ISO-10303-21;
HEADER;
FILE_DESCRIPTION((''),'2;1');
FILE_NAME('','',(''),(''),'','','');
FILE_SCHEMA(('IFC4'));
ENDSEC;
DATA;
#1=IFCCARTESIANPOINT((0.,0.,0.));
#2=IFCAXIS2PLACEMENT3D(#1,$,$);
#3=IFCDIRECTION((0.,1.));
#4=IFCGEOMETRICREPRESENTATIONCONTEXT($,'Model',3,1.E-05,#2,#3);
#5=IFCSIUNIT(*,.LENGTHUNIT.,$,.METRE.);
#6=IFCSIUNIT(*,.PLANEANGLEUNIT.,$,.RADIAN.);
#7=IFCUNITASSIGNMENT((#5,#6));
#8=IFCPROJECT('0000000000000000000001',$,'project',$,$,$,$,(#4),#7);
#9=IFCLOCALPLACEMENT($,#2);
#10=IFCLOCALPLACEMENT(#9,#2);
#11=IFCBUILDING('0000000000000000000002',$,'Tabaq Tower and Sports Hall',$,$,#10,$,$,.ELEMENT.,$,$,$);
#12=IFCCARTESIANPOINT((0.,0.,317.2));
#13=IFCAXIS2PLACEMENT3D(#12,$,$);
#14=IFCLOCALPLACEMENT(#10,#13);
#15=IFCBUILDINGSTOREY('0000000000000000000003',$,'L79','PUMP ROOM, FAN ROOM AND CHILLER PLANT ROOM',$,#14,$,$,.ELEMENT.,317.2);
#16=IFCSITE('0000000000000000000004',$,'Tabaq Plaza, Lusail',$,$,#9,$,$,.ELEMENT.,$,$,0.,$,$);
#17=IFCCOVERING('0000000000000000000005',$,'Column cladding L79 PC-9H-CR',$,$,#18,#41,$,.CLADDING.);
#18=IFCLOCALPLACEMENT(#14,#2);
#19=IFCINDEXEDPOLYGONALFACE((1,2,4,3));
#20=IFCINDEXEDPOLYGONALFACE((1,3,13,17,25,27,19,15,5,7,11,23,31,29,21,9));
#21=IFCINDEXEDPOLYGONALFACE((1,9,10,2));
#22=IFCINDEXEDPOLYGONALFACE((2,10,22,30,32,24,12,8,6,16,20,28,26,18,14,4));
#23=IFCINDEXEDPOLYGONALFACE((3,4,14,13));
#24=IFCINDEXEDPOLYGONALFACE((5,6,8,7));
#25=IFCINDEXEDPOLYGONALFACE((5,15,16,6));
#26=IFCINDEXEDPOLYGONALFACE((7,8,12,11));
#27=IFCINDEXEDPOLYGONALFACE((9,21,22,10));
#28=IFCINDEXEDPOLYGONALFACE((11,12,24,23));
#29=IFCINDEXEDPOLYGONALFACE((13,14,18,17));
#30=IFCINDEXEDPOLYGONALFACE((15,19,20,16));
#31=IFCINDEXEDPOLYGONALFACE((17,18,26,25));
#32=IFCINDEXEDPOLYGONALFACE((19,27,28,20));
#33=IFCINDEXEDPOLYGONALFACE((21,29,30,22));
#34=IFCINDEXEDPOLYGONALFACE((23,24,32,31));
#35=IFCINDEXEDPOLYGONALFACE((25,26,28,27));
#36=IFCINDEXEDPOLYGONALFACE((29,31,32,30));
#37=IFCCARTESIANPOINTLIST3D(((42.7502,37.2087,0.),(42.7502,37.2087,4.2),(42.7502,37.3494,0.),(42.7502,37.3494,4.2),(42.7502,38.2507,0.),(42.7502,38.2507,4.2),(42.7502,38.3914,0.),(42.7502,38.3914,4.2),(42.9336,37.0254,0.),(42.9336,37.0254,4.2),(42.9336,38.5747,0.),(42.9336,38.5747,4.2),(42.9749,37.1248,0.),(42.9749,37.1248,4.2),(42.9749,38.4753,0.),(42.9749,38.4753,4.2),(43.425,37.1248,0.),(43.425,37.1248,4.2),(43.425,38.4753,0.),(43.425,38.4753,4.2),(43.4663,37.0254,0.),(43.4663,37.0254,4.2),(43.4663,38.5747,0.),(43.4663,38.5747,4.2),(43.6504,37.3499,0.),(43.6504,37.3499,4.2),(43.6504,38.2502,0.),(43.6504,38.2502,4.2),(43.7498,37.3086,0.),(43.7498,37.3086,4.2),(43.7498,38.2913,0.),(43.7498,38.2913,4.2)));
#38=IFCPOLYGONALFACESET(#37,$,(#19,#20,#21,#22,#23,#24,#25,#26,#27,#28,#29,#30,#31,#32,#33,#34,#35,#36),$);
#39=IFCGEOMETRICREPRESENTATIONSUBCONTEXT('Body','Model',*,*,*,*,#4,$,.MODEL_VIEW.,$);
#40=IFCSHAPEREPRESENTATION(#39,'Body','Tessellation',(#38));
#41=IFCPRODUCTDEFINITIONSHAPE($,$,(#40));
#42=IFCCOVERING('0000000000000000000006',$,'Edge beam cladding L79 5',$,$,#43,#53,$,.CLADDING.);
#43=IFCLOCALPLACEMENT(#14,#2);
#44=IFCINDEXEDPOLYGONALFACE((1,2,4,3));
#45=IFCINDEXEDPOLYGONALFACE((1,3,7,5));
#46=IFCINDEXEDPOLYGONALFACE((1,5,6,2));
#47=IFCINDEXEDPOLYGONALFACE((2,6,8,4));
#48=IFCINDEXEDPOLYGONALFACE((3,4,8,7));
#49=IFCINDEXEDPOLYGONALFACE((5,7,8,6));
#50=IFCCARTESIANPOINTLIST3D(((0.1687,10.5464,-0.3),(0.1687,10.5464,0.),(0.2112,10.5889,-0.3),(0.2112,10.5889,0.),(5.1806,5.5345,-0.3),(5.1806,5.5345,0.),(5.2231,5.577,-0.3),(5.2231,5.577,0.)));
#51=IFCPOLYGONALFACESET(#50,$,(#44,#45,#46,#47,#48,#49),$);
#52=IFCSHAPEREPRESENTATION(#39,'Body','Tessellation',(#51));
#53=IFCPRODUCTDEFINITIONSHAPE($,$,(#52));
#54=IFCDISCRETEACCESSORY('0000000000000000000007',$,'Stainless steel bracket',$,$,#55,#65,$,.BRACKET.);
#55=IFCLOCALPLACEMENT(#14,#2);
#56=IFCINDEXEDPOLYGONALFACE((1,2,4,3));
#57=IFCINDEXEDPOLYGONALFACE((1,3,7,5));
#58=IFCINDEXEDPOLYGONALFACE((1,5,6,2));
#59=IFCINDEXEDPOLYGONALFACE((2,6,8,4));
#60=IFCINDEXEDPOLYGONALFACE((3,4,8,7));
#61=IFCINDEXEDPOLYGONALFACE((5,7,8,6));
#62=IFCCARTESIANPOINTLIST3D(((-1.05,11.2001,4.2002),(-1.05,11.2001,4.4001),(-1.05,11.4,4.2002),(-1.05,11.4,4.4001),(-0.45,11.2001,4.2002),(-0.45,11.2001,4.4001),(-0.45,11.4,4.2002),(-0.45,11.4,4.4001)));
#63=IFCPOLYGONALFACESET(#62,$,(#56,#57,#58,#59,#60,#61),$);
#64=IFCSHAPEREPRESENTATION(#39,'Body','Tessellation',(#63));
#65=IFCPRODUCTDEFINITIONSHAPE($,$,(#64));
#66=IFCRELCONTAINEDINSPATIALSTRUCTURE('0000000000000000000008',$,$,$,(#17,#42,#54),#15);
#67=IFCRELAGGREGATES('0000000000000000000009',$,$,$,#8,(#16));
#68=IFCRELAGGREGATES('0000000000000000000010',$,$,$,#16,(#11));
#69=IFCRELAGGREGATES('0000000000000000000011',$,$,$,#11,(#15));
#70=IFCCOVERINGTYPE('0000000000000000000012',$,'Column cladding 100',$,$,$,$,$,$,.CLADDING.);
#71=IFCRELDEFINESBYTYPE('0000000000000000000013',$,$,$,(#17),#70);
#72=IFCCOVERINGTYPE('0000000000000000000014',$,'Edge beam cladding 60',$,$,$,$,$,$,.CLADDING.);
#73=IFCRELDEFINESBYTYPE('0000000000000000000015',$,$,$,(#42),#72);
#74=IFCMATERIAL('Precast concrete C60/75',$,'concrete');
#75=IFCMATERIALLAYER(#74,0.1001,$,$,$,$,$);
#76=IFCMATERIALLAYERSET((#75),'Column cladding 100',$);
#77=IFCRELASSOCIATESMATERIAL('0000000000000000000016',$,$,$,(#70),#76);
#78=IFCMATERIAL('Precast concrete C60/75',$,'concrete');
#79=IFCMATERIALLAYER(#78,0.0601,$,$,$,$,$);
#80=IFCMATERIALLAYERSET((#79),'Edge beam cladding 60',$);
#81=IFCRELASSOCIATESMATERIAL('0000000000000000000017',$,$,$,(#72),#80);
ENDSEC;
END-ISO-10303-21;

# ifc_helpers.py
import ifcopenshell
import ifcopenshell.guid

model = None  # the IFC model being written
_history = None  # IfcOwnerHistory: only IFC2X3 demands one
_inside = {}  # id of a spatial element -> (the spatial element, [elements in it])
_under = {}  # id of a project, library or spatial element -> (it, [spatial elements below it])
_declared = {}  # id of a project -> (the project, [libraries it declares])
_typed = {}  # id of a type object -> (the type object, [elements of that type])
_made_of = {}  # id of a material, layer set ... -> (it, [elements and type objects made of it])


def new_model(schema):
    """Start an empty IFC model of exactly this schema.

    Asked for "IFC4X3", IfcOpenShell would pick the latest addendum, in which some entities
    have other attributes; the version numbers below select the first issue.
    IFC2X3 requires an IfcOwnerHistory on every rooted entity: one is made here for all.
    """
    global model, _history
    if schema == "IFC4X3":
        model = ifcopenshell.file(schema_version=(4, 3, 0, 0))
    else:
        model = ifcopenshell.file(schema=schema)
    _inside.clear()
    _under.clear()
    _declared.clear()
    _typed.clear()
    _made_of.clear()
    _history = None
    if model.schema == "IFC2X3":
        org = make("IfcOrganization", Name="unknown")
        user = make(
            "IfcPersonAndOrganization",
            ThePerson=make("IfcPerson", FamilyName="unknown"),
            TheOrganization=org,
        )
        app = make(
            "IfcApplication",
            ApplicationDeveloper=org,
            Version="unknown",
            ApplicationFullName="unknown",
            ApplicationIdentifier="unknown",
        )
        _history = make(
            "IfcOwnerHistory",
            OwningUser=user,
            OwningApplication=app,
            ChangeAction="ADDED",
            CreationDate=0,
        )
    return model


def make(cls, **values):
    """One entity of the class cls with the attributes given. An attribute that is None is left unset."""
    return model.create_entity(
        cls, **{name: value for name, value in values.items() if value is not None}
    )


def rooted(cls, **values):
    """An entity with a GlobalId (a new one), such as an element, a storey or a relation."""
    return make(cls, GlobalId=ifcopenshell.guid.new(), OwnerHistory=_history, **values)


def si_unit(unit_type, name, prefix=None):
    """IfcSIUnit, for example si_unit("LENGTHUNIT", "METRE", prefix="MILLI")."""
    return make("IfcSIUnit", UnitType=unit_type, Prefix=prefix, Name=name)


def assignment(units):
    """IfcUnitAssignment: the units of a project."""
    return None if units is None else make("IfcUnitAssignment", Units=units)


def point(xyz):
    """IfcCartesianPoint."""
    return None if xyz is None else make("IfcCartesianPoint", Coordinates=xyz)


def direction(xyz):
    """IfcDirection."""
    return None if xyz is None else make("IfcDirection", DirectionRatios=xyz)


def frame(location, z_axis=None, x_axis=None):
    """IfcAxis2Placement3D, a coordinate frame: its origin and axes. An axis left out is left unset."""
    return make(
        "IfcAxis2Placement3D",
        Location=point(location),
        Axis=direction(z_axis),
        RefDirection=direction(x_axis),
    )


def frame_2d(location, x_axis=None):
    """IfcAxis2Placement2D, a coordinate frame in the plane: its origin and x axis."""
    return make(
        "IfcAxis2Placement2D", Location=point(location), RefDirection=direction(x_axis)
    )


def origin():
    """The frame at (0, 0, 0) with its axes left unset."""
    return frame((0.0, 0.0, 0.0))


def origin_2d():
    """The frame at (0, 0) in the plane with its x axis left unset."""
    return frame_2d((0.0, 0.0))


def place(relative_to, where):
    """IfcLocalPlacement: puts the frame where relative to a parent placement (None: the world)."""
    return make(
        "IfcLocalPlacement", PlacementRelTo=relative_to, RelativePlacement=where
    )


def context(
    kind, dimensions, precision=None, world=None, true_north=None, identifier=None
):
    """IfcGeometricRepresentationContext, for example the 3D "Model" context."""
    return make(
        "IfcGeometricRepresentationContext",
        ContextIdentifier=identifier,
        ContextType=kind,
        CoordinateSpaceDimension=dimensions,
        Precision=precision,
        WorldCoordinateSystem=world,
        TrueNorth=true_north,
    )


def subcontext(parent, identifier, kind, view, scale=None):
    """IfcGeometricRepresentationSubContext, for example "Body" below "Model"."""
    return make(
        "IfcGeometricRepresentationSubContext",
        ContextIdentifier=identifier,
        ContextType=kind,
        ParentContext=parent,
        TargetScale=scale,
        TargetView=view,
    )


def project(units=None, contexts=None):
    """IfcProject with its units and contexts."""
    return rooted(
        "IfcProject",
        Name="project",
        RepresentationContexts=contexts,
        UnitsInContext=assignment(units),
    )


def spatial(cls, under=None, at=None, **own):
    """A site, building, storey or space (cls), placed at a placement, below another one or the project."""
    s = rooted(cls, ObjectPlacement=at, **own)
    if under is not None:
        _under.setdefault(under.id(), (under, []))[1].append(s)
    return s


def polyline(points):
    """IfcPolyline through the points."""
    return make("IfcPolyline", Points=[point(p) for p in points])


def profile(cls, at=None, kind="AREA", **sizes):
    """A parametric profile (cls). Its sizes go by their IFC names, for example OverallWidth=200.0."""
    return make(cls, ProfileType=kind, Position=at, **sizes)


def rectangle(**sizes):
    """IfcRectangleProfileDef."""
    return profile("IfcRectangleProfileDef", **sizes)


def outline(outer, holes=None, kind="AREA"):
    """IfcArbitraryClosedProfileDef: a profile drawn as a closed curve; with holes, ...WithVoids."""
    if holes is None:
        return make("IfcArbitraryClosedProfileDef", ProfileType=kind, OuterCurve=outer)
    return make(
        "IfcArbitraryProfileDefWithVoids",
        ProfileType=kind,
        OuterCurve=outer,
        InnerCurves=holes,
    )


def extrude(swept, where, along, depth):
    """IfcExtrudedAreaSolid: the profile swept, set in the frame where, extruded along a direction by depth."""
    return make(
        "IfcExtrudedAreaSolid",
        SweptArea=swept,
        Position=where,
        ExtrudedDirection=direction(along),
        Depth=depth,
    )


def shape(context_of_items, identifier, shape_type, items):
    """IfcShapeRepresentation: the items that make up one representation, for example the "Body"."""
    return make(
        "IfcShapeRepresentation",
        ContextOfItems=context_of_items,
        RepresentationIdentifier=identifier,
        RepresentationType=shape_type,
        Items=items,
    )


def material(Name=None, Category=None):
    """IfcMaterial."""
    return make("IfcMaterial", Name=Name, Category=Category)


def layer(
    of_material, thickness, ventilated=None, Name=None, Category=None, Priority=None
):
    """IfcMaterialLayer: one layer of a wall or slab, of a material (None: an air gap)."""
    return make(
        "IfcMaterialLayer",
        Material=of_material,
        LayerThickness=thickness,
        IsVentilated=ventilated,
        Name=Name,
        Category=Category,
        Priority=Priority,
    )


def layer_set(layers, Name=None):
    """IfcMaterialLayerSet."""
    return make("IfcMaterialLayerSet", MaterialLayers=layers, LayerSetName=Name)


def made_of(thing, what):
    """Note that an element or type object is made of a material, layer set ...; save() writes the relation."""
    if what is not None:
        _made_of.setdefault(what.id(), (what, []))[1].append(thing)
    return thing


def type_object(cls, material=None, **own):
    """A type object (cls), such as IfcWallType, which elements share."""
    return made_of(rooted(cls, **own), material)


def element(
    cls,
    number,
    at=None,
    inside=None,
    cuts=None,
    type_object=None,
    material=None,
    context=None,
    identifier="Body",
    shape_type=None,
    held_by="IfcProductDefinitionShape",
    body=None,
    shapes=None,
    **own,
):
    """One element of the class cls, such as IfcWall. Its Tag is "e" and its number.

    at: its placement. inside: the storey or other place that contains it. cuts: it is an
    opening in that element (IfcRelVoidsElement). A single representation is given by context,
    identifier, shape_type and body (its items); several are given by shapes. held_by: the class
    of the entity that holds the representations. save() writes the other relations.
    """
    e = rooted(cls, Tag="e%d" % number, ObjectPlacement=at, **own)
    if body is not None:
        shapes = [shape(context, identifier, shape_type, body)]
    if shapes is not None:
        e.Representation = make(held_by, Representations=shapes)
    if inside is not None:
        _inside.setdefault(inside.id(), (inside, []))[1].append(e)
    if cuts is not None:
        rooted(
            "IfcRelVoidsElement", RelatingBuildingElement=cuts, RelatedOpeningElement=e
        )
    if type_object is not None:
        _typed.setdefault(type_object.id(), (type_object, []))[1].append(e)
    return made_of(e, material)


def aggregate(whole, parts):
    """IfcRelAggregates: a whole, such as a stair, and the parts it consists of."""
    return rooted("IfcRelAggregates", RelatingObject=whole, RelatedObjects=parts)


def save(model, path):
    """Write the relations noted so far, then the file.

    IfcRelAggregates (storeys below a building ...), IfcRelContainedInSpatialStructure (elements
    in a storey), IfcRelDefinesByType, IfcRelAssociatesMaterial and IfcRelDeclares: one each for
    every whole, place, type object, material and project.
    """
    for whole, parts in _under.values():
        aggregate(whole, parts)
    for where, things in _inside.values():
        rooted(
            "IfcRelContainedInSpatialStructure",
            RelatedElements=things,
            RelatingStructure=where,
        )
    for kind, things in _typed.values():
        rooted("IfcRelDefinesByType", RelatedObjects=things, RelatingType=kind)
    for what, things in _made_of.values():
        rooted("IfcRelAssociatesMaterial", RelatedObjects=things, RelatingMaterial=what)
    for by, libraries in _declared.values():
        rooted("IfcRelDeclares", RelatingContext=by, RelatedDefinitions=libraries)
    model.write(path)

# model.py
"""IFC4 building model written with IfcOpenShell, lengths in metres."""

from ifc_helpers import new_model, si_unit, direction, frame, frame_2d, origin, origin_2d, place, context, subcontext, project, spatial, polyline, rectangle, outline, extrude, material, layer, layer_set, type_object, element, save


model = new_model("IFC4")

# Units and contexts
model_context = context("Model", 3, precision=1e-05, world=origin(), true_north=direction((0.0, 1.0)))
body_context = subcontext(model_context, "Body", "Model", "MODEL_VIEW")
ifc_project = project(units=[si_unit("LENGTHUNIT", "METRE"), si_unit("PLANEANGLEUNIT", "RADIAN")], contexts=[model_context])

# Site, building, storey
site_placement = place(None, origin())
site = spatial("IfcSite", under=ifc_project, at=site_placement, Name="Tabaq Plaza, Lusail", CompositionType="ELEMENT", RefElevation=0.0)
building_placement = place(site_placement, origin())
building = spatial("IfcBuilding", under=site, at=building_placement, Name="Tabaq Tower and Sports Hall", CompositionType="ELEMENT")
storey_placement = place(building_placement, frame((0.0, 0.0, 317.2)))
storey = spatial("IfcBuildingStorey", under=building, at=storey_placement, Name="L79", Description="PUMP ROOM, FAN ROOM AND CHILLER PLANT ROOM", CompositionType="ELEMENT", Elevation=317.2)

# Coverings
ifc_material_1 = material(Name="Precast concrete C60/75", Category="concrete")
ifc_layer_1 = layer(ifc_material_1, 0.1001)
ifc_layer_set_1 = layer_set([ifc_layer_1], Name="Column cladding 100")
covering_type_1 = type_object("IfcCoveringType", Name="Column cladding 100", PredefinedType="CLADDING", material=ifc_layer_set_1)
covering_1_placement = place(storey_placement, origin())
element("IfcCovering", 1, at=covering_1_placement, inside=storey, type_object=covering_type_1, Name="Column cladding L79 PC-9H-CR", PredefinedType="CLADDING", context=body_context, shape_type="SweptSolid", body=[
    extrude(outline(polyline([(42.9336, 37.0254), (42.7502, 37.2087), (42.7502, 37.3494), (42.9749, 37.1248), (43.425, 37.1248), (43.6504, 37.3499), (43.6504, 38.2502), (43.425, 38.4753), (42.9749, 38.4753), (42.7502, 38.2507), (42.7502, 38.3914), (42.9336, 38.5747), (43.4663, 38.5747), (43.7498, 38.2913), (43.7498, 37.3086), (43.4663, 37.0254), (42.9336, 37.0254)])), origin(), (0.0, 0.0, 1.0), 4.2),
])
ifc_material_2 = material(Name="Precast concrete C60/75", Category="concrete")
ifc_layer_2 = layer(ifc_material_2, 0.0601)
ifc_layer_set_2 = layer_set([ifc_layer_2], Name="Edge beam cladding 60")
covering_type_2 = type_object("IfcCoveringType", Name="Edge beam cladding 60", PredefinedType="CLADDING", material=ifc_layer_set_2)
covering_2_placement = place(storey_placement, frame((0.1899, 10.5676, -0.3), z_axis=(0.0, 0.0, 1.0), x_axis=(0.707107, -0.707107, 0.0)))
element("IfcCovering", 2, at=covering_2_placement, inside=storey, type_object=covering_type_2, Name="Edge beam cladding L79 5", PredefinedType="CLADDING", context=body_context, shape_type="SweptSolid", body=[
    extrude(rectangle(XDim=7.0879, YDim=0.0601, at=frame_2d((3.5439, 0.0))), origin(), (0.0, 0.0, 1.0), 0.3),
])

# Discrete accessory
discrete_accessory_placement = place(storey_placement, frame((-0.75, 11.3, 4.2002), z_axis=(0.0, 0.0, 1.0), x_axis=(-1.0, 0.0, 0.0)))
element("IfcDiscreteAccessory", 3, at=discrete_accessory_placement, inside=storey, Name="Stainless steel bracket", PredefinedType="BRACKET", context=body_context, shape_type="SweptSolid", body=[
    extrude(rectangle(XDim=0.6001, YDim=0.2, at=origin_2d()), origin(), (0.0, 0.0, 1.0), 0.2),
])

save(model, "model.ifc")
